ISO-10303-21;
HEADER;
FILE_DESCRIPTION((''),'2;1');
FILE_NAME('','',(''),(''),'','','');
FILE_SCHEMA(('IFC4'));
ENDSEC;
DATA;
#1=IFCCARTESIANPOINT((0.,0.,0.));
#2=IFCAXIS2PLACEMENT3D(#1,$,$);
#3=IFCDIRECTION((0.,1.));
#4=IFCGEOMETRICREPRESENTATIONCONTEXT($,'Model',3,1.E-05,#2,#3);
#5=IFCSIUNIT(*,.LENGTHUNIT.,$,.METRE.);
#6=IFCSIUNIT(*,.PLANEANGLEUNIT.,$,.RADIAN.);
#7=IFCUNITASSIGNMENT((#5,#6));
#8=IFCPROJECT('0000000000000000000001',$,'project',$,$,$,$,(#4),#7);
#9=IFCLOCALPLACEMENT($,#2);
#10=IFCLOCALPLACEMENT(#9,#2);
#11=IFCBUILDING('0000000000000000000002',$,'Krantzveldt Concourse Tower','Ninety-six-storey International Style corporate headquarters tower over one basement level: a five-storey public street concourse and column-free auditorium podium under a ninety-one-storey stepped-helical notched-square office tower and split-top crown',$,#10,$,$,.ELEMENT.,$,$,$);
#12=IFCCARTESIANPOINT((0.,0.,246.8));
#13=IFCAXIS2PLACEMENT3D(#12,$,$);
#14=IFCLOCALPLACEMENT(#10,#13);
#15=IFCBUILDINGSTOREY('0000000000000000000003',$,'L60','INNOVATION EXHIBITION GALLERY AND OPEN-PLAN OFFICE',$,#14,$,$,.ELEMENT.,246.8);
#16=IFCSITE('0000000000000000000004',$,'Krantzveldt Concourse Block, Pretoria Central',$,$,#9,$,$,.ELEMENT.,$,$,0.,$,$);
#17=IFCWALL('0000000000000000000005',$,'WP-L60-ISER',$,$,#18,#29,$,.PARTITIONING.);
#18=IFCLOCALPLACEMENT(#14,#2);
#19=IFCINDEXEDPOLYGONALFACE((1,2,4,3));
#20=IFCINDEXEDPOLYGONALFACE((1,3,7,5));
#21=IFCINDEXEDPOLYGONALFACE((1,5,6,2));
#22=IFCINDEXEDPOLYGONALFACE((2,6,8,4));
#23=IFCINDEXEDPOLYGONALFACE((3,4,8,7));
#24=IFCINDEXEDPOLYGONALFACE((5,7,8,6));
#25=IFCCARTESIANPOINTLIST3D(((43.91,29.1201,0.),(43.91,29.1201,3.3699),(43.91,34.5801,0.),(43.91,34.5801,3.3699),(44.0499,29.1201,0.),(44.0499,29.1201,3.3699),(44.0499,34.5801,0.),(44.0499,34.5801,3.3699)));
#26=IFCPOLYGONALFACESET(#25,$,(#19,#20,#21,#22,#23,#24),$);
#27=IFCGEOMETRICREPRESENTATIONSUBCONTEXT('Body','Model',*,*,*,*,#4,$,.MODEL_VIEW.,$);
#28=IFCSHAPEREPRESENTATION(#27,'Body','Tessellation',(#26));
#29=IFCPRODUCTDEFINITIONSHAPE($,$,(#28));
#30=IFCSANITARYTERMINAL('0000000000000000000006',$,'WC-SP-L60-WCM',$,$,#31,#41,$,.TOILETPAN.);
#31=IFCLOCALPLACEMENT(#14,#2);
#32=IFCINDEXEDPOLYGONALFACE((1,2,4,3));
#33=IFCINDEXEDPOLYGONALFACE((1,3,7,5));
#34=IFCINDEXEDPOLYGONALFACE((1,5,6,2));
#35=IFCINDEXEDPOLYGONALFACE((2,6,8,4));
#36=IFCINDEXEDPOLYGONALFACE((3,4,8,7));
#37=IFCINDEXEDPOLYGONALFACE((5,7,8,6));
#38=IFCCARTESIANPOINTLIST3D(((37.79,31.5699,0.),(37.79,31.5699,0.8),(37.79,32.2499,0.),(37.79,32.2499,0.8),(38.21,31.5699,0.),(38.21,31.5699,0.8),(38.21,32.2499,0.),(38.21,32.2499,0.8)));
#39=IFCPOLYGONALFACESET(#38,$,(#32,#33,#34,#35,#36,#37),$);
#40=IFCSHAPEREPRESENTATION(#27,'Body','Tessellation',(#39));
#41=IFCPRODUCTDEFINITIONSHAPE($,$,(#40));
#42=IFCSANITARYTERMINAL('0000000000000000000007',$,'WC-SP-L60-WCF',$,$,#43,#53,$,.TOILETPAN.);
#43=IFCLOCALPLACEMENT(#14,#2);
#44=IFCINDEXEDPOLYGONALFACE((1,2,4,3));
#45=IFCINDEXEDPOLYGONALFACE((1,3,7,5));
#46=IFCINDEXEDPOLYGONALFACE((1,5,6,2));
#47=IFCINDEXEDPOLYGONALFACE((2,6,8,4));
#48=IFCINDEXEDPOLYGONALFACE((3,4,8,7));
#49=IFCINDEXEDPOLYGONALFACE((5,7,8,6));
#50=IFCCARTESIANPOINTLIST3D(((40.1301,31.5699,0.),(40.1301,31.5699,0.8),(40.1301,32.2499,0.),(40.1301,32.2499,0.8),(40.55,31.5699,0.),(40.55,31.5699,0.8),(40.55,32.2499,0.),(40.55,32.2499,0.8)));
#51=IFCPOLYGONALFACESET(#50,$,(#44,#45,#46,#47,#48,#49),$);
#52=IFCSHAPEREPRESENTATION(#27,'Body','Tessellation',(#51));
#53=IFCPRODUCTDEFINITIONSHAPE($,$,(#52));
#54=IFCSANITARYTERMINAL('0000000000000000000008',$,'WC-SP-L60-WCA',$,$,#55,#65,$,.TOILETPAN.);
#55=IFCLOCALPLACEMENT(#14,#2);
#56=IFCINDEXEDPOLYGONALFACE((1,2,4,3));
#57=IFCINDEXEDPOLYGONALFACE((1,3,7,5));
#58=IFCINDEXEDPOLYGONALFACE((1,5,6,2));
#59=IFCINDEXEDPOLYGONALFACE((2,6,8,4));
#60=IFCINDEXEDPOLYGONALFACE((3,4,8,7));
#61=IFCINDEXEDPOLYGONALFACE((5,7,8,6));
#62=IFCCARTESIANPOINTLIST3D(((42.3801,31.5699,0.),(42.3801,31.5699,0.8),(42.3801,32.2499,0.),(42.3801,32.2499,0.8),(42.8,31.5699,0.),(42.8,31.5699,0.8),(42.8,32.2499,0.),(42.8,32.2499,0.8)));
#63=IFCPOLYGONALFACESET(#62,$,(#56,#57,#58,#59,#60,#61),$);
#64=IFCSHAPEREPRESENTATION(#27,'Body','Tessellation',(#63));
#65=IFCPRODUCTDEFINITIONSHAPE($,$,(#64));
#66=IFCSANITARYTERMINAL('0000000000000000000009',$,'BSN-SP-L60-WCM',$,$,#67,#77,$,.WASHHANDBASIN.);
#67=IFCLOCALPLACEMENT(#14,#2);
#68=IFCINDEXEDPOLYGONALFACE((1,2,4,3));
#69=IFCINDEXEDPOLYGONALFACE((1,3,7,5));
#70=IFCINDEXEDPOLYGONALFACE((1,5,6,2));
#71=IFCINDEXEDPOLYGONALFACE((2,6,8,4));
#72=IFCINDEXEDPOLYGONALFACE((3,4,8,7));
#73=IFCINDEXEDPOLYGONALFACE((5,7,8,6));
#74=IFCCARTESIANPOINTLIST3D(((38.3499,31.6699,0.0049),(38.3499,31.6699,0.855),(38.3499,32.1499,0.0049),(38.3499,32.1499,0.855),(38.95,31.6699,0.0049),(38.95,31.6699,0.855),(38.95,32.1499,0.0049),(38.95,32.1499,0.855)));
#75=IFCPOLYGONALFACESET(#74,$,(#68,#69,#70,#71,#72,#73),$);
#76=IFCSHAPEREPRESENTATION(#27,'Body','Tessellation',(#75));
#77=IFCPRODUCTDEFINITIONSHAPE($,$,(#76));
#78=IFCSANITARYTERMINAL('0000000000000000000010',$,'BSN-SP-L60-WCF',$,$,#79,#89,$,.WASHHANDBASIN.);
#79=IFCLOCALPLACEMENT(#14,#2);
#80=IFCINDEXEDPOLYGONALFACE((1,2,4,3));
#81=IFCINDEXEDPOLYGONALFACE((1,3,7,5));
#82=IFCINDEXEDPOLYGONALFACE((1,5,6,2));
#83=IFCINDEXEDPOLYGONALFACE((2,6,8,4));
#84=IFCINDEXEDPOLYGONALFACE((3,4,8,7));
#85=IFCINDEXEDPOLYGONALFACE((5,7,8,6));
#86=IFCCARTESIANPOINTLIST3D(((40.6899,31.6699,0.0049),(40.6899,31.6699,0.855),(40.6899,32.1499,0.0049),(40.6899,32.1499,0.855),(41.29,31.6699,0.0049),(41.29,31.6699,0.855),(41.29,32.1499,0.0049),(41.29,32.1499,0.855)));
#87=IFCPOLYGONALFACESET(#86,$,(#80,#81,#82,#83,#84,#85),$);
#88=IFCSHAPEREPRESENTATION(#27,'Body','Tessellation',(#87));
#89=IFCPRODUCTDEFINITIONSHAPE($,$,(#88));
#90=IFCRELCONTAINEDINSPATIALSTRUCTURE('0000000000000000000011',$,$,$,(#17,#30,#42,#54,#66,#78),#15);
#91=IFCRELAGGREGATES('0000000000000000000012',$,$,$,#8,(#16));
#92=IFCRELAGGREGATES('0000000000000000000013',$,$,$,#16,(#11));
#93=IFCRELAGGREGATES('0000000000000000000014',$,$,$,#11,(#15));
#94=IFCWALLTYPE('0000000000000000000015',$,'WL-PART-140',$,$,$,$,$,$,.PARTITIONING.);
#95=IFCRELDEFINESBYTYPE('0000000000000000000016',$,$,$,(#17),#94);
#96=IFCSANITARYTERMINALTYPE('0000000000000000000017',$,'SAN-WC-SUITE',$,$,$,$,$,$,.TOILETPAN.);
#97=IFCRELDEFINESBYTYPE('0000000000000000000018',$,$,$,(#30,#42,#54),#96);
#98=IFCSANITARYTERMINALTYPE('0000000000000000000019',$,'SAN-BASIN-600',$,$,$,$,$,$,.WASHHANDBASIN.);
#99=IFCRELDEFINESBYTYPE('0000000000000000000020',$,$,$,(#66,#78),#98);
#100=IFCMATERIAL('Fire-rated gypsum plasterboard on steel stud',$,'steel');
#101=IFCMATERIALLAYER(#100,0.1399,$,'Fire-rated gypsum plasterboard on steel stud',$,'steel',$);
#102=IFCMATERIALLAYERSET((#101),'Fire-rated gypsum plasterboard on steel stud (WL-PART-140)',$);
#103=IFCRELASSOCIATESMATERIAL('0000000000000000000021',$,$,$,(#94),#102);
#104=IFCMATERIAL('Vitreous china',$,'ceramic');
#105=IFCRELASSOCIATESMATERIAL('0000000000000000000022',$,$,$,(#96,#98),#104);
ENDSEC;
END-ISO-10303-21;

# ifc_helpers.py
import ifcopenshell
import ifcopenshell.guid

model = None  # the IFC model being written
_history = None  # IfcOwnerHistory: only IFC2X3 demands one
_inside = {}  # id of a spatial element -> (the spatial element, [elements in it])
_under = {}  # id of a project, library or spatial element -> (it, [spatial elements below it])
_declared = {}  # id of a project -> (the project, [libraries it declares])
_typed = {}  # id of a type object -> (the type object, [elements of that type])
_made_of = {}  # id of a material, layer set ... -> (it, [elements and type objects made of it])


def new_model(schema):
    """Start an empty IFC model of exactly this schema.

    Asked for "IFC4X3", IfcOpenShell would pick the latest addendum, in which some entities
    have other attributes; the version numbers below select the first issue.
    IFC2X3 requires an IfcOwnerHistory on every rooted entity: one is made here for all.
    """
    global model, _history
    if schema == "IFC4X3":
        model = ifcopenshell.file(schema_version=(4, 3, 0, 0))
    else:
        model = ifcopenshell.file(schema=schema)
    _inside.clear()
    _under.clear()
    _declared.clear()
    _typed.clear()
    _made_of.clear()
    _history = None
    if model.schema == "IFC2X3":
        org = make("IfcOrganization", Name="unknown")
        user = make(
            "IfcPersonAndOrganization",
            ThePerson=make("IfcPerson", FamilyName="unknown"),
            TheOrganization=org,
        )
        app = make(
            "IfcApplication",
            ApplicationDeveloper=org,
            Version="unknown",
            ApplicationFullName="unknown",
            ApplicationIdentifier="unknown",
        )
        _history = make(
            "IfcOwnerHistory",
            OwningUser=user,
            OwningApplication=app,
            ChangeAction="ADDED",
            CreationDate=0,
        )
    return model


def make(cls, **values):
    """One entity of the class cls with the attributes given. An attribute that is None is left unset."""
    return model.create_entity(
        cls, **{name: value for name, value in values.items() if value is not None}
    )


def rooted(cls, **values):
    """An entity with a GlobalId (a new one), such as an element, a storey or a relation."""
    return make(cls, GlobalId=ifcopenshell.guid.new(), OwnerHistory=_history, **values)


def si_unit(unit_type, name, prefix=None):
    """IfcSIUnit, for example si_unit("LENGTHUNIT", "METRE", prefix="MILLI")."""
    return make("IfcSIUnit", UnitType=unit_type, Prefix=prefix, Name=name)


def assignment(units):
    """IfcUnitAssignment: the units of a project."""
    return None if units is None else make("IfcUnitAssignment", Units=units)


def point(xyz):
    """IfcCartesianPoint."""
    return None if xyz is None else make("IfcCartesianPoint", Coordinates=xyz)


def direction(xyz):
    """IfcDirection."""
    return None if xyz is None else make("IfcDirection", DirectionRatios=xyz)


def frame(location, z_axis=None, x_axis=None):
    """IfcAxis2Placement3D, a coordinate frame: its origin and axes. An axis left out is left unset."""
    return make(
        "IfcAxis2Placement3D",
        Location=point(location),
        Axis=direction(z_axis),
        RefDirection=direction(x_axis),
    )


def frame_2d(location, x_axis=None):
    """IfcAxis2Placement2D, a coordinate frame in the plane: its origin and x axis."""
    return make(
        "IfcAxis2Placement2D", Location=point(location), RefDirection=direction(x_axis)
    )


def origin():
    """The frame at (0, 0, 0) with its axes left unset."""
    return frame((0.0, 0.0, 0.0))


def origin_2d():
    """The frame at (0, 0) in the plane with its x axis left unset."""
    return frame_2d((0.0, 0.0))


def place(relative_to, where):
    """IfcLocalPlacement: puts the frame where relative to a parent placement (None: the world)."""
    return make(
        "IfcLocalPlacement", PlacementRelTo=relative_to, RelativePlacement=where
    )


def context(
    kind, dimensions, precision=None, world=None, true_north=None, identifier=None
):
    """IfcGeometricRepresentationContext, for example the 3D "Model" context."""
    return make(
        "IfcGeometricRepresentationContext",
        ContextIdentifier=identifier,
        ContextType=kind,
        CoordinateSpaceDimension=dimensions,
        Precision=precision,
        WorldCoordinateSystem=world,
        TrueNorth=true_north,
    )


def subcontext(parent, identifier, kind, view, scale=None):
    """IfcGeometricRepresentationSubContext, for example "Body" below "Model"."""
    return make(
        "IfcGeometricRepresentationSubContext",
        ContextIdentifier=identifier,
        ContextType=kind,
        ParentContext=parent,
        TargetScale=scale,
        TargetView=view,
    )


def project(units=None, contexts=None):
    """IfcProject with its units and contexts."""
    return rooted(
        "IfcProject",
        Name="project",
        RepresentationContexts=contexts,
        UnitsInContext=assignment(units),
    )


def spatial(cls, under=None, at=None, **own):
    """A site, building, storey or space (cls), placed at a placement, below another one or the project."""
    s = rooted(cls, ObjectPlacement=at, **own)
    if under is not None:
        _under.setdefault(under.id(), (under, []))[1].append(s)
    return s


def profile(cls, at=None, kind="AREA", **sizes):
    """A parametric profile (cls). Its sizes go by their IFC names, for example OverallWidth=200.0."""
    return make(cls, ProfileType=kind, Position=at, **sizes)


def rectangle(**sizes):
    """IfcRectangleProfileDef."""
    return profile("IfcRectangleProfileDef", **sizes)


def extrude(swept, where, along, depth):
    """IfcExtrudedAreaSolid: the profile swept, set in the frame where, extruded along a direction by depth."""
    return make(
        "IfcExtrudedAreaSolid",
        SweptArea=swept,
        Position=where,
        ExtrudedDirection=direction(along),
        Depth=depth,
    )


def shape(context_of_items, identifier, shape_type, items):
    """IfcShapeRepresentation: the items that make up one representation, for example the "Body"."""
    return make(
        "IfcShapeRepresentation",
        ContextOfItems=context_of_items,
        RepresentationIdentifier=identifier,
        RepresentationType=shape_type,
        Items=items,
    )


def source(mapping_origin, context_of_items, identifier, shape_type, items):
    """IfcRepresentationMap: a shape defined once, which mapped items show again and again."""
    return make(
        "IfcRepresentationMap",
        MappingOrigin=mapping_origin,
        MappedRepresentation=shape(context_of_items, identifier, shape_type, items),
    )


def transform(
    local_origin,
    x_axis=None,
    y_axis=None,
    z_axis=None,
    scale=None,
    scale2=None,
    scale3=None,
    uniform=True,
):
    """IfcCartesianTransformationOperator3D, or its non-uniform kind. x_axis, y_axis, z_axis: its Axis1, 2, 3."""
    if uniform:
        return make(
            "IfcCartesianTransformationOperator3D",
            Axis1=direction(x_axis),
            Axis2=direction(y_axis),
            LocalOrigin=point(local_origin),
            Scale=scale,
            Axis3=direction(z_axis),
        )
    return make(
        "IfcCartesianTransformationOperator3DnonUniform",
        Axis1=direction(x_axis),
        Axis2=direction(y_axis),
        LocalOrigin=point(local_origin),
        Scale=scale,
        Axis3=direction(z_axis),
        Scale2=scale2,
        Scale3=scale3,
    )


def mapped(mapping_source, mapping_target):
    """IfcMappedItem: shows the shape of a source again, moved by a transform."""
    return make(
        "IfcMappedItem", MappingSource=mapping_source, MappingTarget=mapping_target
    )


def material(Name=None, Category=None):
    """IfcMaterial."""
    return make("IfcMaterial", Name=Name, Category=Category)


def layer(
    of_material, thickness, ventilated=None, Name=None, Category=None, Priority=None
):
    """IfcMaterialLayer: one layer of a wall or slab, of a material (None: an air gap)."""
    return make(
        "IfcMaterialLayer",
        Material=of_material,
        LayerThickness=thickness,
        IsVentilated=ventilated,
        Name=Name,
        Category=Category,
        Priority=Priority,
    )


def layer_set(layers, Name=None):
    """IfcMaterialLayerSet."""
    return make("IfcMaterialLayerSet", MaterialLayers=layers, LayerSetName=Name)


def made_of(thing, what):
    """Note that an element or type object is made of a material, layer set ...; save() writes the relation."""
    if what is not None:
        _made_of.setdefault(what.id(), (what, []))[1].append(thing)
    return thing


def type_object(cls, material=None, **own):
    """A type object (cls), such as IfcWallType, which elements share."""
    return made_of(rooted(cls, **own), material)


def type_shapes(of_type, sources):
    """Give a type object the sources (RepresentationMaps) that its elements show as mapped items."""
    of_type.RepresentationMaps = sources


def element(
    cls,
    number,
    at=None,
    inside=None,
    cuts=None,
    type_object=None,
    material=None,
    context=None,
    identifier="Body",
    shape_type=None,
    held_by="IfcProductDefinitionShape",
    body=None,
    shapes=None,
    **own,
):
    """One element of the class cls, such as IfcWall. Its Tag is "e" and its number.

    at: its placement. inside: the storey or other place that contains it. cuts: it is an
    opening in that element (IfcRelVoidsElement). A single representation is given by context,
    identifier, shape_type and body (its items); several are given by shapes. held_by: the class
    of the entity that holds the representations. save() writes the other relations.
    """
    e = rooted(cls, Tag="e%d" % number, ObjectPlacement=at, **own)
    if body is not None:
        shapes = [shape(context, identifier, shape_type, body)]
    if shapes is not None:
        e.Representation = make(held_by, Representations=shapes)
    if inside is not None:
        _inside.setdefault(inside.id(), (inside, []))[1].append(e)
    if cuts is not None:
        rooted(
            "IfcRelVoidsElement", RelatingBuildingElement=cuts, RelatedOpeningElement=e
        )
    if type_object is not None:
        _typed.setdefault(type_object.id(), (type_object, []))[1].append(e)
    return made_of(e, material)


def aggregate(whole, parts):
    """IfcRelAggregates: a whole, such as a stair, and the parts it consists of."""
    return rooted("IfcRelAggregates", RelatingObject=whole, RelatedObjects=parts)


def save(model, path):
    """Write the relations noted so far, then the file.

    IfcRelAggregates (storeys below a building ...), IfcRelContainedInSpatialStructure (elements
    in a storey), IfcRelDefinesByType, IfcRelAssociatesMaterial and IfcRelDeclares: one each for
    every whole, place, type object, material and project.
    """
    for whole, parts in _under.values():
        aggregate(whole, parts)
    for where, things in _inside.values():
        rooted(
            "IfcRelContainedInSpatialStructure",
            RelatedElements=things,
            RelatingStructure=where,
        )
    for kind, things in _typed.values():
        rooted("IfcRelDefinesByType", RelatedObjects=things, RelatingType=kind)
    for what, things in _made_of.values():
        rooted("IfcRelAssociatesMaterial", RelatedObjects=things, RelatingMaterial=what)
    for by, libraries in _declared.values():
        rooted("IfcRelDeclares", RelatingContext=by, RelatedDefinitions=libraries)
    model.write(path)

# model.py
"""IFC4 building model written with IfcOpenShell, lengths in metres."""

from ifc_helpers import new_model, si_unit, direction, frame, frame_2d, origin, origin_2d, place, context, subcontext, project, spatial, rectangle, extrude, source, transform, mapped, material, layer, layer_set, type_object, type_shapes, element, save


model = new_model("IFC4")

# Units and contexts
model_context = context("Model", 3, precision=1e-05, world=origin(), true_north=direction((0.0, 1.0)))
body_context = subcontext(model_context, "Body", "Model", "MODEL_VIEW")
ifc_project = project(units=[si_unit("LENGTHUNIT", "METRE"), si_unit("PLANEANGLEUNIT", "RADIAN")], contexts=[model_context])

# Site, building, storey
site_placement = place(None, origin())
site = spatial("IfcSite", under=ifc_project, at=site_placement, Name="Krantzveldt Concourse Block, Pretoria Central", CompositionType="ELEMENT", RefElevation=0.0)
building_placement = place(site_placement, origin())
building = spatial("IfcBuilding", under=site, at=building_placement, Name="Krantzveldt Concourse Tower", Description="Ninety-six-storey International Style corporate headquarters tower over one basement level: a five-storey public street concourse and column-free auditorium podium under a ninety-one-storey stepped-helical notched-square office tower and split-top crown", CompositionType="ELEMENT")
storey_placement = place(building_placement, frame((0.0, 0.0, 246.8)))
storey = spatial("IfcBuildingStorey", under=building, at=storey_placement, Name="L60", Description="INNOVATION EXHIBITION GALLERY AND OPEN-PLAN OFFICE", CompositionType="ELEMENT", Elevation=246.8)

# Shared definitions
ifc_material_1 = material(Name="Fire-rated gypsum plasterboard on steel stud", Category="steel")

# Shared definitions
ifc_layer_1 = layer(ifc_material_1, 0.1399, Name="Fire-rated gypsum plasterboard on steel stud", Category="steel")
ifc_layer_set_1 = layer_set([ifc_layer_1], Name="Fire-rated gypsum plasterboard on steel stud (WL-PART-140)")
wall_type_1 = type_object("IfcWallType", Name="WL-PART-140", PredefinedType="PARTITIONING", material=ifc_layer_set_1)

# Wall
wall_1_placement = place(storey_placement, frame((43.98, 29.1201, 0.0), z_axis=(0.0, 0.0, 1.0), x_axis=(0.0, 1.0, 0.0)))
element("IfcWall", 1, at=wall_1_placement, inside=storey, type_object=wall_type_1, Name="WP-L60-ISER", PredefinedType="PARTITIONING", context=body_context, shape_type="SweptSolid", body=[
    extrude(rectangle(XDim=5.46, YDim=0.1399, at=frame_2d((2.73, 0.0))), origin(), (0.0, 0.0, 1.0), 3.3699),
])

# Sanitary terminals
ifc_material_2 = material(Name="Vitreous china", Category="ceramic")
sanitary_terminal_type_1 = type_object("IfcSanitaryTerminalType", Name="SAN-WC-SUITE", PredefinedType="TOILETPAN", material=ifc_material_2)
shared_shape_1 = source(origin(), body_context, "Body", "SweptSolid", [
    extrude(rectangle(XDim=0.4199, YDim=0.6799, at=origin_2d()), origin(), (0.0, 0.0, 1.0), 0.8),
])
type_shapes(sanitary_terminal_type_1, [shared_shape_1])
for number, where, z_axis, x_axis, name in (
    (2, (38.0, 31.9099, 0.0), (0.0, 0.0, 1.0), (1.0, 0.0, 0.0), "WC-SP-L60-WCM"),
    (3, (40.3401, 31.9099, 0.0), (0.0, 0.0, 1.0), (1.0, 0.0, 0.0), "WC-SP-L60-WCF"),
    (4, (42.5901, 31.9099, 0.0), (0.0, 0.0, 1.0), (1.0, 0.0, 0.0), "WC-SP-L60-WCA"),
):
    element("IfcSanitaryTerminal", number, at=place(storey_placement, frame(where, z_axis=z_axis, x_axis=x_axis)), inside=storey, type_object=sanitary_terminal_type_1, Name=name, PredefinedType="TOILETPAN", context=body_context, shape_type="MappedRepresentation", body=[
        mapped(shared_shape_1, transform((0.0, 0.0, 0.0), x_axis=(1.0, 0.0, 0.0), y_axis=(0.0, 1.0, 0.0), z_axis=(0.0, 0.0, 1.0), scale=1.0)),
    ])
sanitary_terminal_type_2 = type_object("IfcSanitaryTerminalType", Name="SAN-BASIN-600", PredefinedType="WASHHANDBASIN", material=ifc_material_2)
shared_shape_2 = source(origin(), body_context, "Body", "SweptSolid", [
    extrude(rectangle(XDim=0.6001, YDim=0.48, at=origin_2d()), origin(), (0.0, 0.0, 1.0), 0.8501),
])
type_shapes(sanitary_terminal_type_2, [shared_shape_2])
for number, where, z_axis, x_axis, name in (
    (5, (38.6499, 31.9099, 0.0049), (0.0, 0.0, 1.0), (1.0, 0.0, 0.0), "BSN-SP-L60-WCM"),
    (6, (40.99, 31.9099, 0.0049), (0.0, 0.0, 1.0), (1.0, 0.0, 0.0), "BSN-SP-L60-WCF"),
):
    element("IfcSanitaryTerminal", number, at=place(storey_placement, frame(where, z_axis=z_axis, x_axis=x_axis)), inside=storey, type_object=sanitary_terminal_type_2, Name=name, PredefinedType="WASHHANDBASIN", context=body_context, shape_type="MappedRepresentation", body=[
        mapped(shared_shape_2, transform((0.0, 0.0, 0.0), x_axis=(1.0, 0.0, 0.0), y_axis=(0.0, 1.0, 0.0), z_axis=(0.0, 0.0, 1.0), scale=1.0)),
    ])

save(model, "model.ifc")
